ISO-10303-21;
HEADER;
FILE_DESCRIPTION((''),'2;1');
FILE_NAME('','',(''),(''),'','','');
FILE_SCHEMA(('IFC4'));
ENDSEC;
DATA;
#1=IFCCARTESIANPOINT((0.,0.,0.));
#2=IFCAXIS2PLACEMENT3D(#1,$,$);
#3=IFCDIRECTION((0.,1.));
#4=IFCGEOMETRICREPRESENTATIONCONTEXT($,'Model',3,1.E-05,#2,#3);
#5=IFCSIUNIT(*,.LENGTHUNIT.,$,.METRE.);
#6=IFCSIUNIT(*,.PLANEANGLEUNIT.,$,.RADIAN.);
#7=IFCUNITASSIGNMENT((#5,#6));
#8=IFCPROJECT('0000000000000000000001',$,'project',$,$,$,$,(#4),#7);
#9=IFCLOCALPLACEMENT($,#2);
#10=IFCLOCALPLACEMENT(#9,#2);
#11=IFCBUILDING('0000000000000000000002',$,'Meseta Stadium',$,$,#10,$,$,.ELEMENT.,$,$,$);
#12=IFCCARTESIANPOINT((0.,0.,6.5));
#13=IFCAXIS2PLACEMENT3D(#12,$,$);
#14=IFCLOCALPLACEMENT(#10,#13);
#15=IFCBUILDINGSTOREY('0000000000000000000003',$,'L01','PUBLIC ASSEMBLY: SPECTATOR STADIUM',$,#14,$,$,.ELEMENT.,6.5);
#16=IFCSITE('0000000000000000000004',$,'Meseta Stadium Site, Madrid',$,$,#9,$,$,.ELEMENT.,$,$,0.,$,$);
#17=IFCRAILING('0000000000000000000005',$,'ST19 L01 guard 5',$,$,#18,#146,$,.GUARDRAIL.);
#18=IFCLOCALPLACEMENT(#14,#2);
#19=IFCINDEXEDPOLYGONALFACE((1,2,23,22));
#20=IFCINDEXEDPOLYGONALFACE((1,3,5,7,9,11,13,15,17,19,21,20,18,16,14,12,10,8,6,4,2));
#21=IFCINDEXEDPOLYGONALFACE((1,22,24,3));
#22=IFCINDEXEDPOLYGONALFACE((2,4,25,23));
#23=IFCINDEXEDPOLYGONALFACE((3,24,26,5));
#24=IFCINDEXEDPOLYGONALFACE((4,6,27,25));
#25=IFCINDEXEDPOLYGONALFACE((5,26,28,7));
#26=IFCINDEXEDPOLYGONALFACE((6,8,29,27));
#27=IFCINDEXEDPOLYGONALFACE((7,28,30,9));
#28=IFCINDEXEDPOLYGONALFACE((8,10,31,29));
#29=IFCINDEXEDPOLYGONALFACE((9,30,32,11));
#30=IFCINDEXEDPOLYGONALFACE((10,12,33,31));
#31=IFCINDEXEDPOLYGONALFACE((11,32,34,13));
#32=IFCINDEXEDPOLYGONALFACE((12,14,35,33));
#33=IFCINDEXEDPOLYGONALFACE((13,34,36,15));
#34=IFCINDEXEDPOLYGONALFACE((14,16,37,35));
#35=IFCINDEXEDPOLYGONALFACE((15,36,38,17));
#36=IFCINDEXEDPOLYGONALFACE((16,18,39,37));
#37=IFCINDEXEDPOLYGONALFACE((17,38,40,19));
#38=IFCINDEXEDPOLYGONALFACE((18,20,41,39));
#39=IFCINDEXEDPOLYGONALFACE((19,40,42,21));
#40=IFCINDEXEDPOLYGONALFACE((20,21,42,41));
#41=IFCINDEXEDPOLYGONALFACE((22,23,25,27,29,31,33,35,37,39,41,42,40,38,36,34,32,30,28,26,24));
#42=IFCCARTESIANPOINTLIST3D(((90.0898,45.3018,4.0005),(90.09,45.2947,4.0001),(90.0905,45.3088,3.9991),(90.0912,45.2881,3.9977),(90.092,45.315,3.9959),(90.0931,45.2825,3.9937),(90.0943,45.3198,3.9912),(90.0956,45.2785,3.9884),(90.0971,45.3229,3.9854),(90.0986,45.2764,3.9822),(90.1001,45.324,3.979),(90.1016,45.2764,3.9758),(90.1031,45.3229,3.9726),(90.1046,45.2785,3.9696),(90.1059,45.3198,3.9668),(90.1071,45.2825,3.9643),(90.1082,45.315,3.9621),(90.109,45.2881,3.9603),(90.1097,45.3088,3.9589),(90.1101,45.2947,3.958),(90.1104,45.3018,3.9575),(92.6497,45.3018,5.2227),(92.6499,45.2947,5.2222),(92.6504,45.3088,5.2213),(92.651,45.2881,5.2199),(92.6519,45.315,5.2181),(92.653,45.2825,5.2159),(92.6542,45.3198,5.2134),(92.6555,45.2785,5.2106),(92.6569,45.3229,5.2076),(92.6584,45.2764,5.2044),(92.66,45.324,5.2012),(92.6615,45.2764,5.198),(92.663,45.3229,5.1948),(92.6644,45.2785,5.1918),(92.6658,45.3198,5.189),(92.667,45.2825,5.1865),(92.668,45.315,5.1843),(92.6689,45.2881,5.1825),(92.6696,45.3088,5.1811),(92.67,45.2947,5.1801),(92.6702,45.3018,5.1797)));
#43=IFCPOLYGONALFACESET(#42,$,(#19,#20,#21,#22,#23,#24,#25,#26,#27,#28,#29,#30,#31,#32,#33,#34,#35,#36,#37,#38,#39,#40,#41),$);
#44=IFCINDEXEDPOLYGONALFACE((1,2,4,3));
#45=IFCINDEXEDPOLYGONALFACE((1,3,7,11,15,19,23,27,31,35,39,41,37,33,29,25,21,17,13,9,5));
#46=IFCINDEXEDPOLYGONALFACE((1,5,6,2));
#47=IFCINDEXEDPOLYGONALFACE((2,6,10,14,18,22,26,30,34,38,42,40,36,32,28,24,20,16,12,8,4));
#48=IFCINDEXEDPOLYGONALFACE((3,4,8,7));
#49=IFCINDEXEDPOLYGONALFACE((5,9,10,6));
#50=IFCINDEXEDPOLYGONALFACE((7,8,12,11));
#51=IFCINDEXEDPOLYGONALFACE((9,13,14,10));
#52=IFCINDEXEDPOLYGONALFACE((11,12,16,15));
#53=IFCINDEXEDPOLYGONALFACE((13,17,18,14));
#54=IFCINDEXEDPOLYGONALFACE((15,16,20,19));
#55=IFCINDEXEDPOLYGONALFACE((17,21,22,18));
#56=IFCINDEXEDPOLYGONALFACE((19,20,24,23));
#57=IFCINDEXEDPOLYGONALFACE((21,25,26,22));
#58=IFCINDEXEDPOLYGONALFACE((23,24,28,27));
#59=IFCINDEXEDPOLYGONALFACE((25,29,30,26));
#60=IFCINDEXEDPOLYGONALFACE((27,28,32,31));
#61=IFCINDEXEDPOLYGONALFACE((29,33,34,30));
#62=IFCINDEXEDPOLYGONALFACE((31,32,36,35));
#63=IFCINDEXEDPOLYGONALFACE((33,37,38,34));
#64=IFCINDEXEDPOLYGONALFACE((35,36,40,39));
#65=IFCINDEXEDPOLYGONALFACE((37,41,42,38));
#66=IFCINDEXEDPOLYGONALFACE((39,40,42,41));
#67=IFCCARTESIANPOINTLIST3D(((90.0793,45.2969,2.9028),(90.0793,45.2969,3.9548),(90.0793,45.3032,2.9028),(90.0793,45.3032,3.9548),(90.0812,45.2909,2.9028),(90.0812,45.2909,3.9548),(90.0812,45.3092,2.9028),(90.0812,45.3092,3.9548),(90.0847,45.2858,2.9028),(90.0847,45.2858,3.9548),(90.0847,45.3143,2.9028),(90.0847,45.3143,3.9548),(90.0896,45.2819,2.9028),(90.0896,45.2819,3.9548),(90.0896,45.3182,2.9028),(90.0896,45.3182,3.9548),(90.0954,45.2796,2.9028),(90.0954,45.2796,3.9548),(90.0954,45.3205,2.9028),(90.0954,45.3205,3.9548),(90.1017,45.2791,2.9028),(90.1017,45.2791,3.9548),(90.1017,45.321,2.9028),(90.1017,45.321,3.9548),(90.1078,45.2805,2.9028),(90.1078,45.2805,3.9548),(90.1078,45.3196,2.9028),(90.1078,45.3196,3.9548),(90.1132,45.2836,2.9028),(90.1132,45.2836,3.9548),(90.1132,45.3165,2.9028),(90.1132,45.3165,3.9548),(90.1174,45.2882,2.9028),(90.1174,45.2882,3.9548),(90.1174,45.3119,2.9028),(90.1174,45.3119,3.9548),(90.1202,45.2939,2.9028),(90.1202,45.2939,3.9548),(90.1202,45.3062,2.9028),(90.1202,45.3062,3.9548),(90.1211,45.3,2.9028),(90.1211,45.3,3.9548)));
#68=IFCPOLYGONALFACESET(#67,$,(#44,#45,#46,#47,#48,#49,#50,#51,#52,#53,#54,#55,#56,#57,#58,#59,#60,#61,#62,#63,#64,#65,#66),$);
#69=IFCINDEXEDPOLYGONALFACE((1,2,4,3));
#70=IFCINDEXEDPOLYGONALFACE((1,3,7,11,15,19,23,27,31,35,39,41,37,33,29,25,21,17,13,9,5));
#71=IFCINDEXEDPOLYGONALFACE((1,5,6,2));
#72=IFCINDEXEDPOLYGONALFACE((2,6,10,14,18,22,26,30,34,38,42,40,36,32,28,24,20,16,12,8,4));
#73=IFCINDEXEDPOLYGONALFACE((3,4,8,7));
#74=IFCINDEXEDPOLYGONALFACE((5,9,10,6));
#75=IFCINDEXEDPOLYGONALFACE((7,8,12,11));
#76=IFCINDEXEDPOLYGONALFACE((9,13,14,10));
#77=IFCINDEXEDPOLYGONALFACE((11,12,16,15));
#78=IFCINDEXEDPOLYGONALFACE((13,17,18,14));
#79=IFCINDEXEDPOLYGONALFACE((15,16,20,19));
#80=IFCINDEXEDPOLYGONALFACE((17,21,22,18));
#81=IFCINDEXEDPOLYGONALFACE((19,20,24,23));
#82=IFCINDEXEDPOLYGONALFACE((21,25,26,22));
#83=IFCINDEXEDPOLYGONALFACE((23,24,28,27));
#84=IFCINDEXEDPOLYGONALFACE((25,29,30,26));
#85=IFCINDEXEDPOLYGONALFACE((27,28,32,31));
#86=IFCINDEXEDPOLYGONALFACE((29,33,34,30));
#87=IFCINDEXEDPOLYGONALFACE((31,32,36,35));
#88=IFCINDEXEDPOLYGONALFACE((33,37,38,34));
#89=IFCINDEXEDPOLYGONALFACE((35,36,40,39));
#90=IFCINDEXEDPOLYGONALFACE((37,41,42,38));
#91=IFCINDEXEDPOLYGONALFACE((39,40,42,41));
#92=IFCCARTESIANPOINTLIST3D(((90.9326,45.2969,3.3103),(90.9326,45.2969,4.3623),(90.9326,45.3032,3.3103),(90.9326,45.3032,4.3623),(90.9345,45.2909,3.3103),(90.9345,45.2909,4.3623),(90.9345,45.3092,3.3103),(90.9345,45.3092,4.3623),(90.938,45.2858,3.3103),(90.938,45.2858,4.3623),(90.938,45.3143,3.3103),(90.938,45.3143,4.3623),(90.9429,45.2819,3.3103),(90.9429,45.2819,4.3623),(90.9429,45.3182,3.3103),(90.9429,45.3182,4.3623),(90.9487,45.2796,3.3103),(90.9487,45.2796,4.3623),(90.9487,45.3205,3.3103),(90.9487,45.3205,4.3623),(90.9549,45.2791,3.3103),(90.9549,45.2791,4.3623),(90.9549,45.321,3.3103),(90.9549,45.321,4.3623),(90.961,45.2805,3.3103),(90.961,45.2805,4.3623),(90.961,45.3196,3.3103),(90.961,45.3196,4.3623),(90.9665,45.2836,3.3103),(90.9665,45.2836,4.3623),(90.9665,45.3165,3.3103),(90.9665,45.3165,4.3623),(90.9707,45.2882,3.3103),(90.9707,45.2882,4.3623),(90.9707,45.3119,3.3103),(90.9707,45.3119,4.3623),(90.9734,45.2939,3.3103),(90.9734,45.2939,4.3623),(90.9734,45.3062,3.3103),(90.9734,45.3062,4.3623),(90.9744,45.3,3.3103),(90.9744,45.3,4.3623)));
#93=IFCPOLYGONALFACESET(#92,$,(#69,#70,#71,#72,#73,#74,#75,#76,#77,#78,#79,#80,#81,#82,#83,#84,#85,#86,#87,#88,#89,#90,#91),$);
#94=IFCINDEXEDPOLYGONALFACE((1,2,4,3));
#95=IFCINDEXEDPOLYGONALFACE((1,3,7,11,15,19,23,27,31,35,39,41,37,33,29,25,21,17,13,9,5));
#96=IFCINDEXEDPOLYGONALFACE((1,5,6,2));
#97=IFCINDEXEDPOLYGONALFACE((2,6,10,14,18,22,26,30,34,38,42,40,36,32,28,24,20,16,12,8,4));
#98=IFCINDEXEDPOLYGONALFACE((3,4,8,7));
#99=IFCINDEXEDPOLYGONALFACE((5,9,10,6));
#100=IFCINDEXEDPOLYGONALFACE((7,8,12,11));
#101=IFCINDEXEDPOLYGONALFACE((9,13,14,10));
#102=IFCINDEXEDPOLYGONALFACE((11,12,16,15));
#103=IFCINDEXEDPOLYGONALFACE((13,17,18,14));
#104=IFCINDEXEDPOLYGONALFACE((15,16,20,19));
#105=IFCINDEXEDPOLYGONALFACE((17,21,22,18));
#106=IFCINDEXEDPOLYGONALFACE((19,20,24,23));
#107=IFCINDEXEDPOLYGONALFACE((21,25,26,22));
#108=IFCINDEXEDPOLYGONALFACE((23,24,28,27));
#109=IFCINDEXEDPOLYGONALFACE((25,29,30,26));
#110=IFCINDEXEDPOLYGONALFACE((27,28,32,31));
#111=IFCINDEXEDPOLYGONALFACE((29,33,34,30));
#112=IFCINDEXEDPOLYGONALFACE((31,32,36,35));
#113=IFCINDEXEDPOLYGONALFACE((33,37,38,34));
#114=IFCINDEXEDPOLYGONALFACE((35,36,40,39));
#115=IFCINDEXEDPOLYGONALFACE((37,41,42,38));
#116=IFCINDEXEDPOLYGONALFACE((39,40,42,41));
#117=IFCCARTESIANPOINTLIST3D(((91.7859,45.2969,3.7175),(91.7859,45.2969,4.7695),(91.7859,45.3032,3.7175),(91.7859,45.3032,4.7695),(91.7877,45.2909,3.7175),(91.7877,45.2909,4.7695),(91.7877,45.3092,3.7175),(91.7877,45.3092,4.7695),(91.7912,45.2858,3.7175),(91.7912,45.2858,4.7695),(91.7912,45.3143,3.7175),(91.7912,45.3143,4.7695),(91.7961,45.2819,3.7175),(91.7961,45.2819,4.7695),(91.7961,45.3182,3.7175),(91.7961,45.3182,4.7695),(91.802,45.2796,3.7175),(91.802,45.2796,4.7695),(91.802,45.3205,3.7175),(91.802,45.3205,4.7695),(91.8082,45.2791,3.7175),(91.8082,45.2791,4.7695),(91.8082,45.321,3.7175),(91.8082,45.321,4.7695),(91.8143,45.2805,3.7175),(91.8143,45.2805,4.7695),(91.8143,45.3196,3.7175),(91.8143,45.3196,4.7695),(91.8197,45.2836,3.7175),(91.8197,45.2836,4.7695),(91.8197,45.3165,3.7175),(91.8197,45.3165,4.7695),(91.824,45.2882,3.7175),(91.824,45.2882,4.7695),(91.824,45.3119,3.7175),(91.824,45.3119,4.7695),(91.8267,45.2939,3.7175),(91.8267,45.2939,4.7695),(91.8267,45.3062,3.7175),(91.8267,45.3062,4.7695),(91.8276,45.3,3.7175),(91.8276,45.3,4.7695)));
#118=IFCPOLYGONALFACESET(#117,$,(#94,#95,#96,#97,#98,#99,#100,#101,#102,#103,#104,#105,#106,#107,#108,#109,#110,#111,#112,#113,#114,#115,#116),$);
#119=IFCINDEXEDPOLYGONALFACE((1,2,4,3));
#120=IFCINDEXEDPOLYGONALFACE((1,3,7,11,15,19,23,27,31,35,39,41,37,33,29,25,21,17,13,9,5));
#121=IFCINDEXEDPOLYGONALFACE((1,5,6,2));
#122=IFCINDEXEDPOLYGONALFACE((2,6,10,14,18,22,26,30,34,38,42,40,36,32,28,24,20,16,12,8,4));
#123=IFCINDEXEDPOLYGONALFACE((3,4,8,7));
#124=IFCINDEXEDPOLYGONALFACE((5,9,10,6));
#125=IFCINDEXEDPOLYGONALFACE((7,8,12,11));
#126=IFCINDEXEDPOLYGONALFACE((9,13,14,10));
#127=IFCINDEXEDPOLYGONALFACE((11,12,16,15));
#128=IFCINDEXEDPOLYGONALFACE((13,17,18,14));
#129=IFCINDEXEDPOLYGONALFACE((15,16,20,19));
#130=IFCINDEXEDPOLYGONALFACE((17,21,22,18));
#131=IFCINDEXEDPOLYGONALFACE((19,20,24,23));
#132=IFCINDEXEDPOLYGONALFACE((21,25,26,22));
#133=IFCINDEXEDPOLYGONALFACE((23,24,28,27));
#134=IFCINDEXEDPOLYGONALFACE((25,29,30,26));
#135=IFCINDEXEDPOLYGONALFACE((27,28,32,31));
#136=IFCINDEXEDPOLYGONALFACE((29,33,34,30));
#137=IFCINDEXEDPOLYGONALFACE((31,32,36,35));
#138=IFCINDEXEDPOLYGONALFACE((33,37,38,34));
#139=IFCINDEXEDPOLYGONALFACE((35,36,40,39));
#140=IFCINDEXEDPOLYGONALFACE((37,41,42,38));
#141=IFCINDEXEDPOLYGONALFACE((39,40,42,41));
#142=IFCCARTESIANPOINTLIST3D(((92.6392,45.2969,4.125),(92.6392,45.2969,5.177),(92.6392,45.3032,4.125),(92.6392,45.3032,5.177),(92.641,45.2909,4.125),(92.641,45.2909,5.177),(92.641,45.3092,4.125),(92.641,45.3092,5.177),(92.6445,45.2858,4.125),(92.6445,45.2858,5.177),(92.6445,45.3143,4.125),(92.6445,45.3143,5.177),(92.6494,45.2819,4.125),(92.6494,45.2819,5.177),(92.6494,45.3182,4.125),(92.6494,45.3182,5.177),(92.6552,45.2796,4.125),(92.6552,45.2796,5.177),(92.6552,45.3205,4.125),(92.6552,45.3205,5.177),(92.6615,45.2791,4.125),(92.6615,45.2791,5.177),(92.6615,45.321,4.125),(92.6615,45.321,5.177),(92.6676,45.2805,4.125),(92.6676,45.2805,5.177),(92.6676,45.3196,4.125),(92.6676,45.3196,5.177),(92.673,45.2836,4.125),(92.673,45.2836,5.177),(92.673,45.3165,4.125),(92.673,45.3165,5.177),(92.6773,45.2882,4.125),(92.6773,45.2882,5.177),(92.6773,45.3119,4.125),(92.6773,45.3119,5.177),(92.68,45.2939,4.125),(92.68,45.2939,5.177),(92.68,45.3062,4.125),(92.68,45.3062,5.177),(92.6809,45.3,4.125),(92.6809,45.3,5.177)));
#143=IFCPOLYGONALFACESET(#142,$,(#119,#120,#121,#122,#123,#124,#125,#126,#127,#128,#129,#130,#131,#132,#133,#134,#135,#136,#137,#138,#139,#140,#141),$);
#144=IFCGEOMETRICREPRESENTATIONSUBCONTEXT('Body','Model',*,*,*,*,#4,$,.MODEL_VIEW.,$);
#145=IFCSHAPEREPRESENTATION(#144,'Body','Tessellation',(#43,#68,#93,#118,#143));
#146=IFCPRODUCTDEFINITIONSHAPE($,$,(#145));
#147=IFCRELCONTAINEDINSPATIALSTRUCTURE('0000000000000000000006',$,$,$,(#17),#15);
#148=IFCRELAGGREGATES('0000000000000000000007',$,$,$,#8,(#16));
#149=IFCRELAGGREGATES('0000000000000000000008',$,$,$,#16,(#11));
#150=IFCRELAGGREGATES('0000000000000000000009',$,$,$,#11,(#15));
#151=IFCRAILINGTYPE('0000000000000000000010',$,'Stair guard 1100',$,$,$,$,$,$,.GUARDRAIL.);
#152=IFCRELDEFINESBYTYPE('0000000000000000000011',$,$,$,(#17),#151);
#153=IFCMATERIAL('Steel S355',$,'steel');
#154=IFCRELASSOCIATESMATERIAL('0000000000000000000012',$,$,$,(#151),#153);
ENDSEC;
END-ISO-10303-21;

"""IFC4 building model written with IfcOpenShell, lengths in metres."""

from ifc_helpers import new_model, si_unit, direction, frame, origin, origin_2d, place, context, subcontext, project, spatial, circle, extrude, material, type_object, element, save


model = new_model("IFC4")

# Units and contexts
model_context = context("Model", 3, precision=1e-05, world=origin(), true_north=direction((0.0, 1.0)))
body_context = subcontext(model_context, "Body", "Model", "MODEL_VIEW")
ifc_project = project(units=[si_unit("LENGTHUNIT", "METRE"), si_unit("PLANEANGLEUNIT", "RADIAN")], contexts=[model_context])

# Site, building, storey
site_placement = place(None, origin())
site = spatial("IfcSite", under=ifc_project, at=site_placement, Name="Meseta Stadium Site, Madrid", CompositionType="ELEMENT", RefElevation=0.0)
building_placement = place(site_placement, origin())
building = spatial("IfcBuilding", under=site, at=building_placement, Name="Meseta Stadium", CompositionType="ELEMENT")
storey_placement = place(building_placement, frame((0.0, 0.0, 6.5)))
storey = spatial("IfcBuildingStorey", under=building, at=storey_placement, Name="L01", Description="PUBLIC ASSEMBLY: SPECTATOR STADIUM", CompositionType="ELEMENT", Elevation=6.5)

# Railing
ifc_material_1 = material(Name="Steel S355", Category="steel")
railing_type_1 = type_object("IfcRailingType", Name="Stair guard 1100", PredefinedType="GUARDRAIL", material=ifc_material_1)
railing_1_placement = place(storey_placement, frame((90.1001, 45.3, 2.9028)))
element("IfcRailing", 1, at=railing_1_placement, inside=storey, type_object=railing_type_1, Name="ST19 L01 guard 5", PredefinedType="GUARDRAIL", context=body_context, shape_type="SweptSolid", body=[
    extrude(circle(Radius=0.0239, at=origin_2d()), frame((0.0, 0.0, 1.0762), z_axis=(0.902421, 0.0, 0.430855), x_axis=(0.0, 1.0, 0.0)), (0.0, 0.0, 1.0), 2.8367),
    extrude(circle(Radius=0.021, at=origin_2d()), origin(), (0.0, 0.0, 1.0), 1.052),
    extrude(circle(Radius=0.021, at=origin_2d()), frame((0.8533, 0.0, 0.4075)), (0.0, 0.0, 1.0), 1.052),
    extrude(circle(Radius=0.021, at=origin_2d()), frame((1.7065, 0.0, 0.8147)), (0.0, 0.0, 1.0), 1.052),
    extrude(circle(Radius=0.021, at=origin_2d()), frame((2.5598, 0.0, 1.2222)), (0.0, 0.0, 1.0), 1.052),
])

save(model, "model.ifc")
